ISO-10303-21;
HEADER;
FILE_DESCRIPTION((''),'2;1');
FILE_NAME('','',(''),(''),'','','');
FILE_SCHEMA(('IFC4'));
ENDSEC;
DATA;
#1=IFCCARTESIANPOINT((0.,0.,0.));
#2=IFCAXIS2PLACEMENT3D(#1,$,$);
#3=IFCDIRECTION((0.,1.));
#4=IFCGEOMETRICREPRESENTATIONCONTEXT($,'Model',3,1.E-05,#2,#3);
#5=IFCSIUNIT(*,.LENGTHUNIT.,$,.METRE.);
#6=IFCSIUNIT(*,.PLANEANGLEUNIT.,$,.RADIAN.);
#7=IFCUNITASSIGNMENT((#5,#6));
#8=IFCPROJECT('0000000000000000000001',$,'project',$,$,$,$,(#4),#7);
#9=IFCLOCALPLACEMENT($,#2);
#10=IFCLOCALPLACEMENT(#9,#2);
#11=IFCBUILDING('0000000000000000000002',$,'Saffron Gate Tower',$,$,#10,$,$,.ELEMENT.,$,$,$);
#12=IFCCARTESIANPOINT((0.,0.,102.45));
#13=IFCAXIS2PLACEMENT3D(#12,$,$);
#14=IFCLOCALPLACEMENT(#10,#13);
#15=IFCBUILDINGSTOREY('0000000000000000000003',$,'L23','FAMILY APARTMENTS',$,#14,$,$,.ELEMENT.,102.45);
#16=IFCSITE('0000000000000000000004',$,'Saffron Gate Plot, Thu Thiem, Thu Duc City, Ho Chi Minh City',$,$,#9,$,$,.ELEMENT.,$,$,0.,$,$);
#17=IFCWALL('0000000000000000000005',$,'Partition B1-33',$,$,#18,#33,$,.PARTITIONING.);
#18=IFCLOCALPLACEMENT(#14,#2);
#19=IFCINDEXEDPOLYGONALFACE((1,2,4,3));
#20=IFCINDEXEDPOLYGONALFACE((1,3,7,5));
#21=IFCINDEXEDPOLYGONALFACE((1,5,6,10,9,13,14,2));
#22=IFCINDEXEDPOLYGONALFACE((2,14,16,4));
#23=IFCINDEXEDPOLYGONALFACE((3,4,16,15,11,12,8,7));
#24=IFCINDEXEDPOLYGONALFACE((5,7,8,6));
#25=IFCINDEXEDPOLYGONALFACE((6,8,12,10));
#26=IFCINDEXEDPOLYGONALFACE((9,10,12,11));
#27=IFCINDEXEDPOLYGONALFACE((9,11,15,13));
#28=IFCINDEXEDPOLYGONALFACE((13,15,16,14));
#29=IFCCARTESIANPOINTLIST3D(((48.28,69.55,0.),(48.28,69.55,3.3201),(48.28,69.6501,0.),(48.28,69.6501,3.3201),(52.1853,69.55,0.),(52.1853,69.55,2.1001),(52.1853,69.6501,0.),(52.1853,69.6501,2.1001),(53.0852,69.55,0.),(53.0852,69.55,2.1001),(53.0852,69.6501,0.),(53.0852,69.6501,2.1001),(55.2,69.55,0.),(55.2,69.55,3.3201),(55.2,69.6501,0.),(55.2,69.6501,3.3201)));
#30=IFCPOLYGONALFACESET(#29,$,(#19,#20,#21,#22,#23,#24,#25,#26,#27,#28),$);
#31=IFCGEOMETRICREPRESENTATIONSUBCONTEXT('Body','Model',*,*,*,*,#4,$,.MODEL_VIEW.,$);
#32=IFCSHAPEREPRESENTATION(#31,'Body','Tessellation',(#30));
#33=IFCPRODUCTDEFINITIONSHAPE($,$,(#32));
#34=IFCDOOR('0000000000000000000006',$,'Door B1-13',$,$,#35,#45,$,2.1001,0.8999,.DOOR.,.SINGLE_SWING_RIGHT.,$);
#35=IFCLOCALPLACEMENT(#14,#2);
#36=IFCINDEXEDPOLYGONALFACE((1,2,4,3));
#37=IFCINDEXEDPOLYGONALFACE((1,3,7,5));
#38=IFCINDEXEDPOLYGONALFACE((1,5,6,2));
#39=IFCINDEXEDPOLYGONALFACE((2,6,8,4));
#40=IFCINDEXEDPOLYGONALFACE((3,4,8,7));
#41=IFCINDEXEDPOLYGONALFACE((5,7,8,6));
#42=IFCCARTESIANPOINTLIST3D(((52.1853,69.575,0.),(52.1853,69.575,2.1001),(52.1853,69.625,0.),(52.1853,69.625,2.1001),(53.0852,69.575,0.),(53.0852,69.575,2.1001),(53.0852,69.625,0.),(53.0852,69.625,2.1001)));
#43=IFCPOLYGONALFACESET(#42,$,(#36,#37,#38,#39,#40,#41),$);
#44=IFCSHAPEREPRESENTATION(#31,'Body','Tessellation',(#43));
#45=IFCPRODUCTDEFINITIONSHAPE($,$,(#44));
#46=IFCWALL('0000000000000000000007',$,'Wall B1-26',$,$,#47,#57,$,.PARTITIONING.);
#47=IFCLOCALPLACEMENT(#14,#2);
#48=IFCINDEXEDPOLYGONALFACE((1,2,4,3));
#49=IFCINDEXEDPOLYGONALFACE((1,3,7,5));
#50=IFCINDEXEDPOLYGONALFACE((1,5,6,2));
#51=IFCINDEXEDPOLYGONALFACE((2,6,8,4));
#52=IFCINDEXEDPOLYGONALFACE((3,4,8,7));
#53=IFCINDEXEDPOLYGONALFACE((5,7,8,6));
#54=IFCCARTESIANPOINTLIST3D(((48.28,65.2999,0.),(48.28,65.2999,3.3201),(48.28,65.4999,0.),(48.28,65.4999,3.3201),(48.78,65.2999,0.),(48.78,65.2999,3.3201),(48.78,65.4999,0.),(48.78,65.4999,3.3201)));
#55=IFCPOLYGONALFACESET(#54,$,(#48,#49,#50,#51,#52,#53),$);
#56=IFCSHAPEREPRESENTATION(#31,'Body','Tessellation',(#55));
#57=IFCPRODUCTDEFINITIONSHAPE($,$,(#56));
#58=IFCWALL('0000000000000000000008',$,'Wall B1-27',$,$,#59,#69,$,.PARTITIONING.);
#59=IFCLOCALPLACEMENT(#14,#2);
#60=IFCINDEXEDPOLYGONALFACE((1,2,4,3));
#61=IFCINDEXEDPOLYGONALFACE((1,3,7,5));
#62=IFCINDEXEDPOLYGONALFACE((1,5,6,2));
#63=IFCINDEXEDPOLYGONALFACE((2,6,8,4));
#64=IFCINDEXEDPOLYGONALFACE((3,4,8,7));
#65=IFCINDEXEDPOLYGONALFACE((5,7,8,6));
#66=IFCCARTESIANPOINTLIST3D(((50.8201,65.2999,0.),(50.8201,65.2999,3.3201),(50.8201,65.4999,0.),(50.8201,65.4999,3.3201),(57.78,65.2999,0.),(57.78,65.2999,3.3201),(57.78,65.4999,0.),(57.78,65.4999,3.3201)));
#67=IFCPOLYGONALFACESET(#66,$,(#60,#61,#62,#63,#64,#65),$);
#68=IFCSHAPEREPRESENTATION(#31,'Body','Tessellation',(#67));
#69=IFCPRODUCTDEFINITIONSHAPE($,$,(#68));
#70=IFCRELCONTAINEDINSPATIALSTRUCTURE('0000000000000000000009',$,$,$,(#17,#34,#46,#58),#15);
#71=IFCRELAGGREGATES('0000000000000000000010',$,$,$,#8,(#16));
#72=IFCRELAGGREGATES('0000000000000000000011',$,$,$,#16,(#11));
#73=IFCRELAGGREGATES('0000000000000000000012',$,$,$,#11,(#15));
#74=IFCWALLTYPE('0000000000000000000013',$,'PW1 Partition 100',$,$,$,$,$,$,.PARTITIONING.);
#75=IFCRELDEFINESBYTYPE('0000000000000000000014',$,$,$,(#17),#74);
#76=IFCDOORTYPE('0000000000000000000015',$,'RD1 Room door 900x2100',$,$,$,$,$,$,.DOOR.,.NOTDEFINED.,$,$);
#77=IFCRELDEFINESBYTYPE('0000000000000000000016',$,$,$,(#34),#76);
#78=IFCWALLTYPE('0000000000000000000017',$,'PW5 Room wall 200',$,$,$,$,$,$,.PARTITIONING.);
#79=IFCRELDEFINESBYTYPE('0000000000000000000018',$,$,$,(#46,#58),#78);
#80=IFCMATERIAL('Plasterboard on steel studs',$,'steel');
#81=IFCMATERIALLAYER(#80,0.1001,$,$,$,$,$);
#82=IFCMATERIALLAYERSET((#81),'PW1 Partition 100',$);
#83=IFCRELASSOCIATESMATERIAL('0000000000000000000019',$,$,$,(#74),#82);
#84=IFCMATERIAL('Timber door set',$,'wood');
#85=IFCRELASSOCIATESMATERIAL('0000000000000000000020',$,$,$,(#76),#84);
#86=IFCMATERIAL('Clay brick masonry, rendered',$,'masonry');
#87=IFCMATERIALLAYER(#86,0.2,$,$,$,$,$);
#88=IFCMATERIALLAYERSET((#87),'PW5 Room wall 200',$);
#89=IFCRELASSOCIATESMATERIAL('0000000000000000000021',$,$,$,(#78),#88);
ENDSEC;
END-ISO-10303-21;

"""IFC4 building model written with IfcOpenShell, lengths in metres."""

from ifc_helpers import new_model, si_unit, direction, frame, frame_2d, origin, place, context, subcontext, project, spatial, rectangle, extrude, material, layer, layer_set, type_object, element, fill, save


model = new_model("IFC4")

# Units and contexts
model_context = context("Model", 3, precision=1e-05, world=origin(), true_north=direction((0.0, 1.0)))
body_context = subcontext(model_context, "Body", "Model", "MODEL_VIEW")
ifc_project = project(units=[si_unit("LENGTHUNIT", "METRE"), si_unit("PLANEANGLEUNIT", "RADIAN")], contexts=[model_context])

# Site, building, storey
site_placement = place(None, origin())
site = spatial("IfcSite", under=ifc_project, at=site_placement, Name="Saffron Gate Plot, Thu Thiem, Thu Duc City, Ho Chi Minh City", CompositionType="ELEMENT", RefElevation=0.0)
building_placement = place(site_placement, origin())
building = spatial("IfcBuilding", under=site, at=building_placement, Name="Saffron Gate Tower", CompositionType="ELEMENT")
storey_placement = place(building_placement, frame((0.0, 0.0, 102.45)))
storey = spatial("IfcBuildingStorey", under=building, at=storey_placement, Name="L23", Description="FAMILY APARTMENTS", CompositionType="ELEMENT", Elevation=102.45)

# Wall, opening, door
ifc_material_1 = material(Name="Plasterboard on steel studs", Category="steel")
ifc_layer_1 = layer(ifc_material_1, 0.1001)
ifc_layer_set_1 = layer_set([ifc_layer_1], Name="PW1 Partition 100")
wall_type_1 = type_object("IfcWallType", Name="PW1 Partition 100", PredefinedType="PARTITIONING", material=ifc_layer_set_1)
wall_1_placement = place(storey_placement, frame((48.28, 69.6001, 0.0), z_axis=(0.0, 0.0, 1.0), x_axis=(1.0, 0.0, 0.0)))
wall_1 = element("IfcWall", 1, at=wall_1_placement, inside=storey, type_object=wall_type_1, Name="Partition B1-33", PredefinedType="PARTITIONING", context=body_context, shape_type="SweptSolid", body=[
    extrude(rectangle(XDim=6.9199, YDim=0.1001, at=frame_2d((3.46, 0.0))), origin(), (0.0, 0.0, 1.0), 3.3201),
])
opening_1_placement = place(wall_1_placement, frame((3.9053, 0.0, 0.0)))
opening_1 = element("IfcOpeningElement", 2, at=opening_1_placement, cuts=wall_1, PredefinedType="OPENING", context=body_context, shape_type="SweptSolid", body=[
    extrude(rectangle(XDim=0.8999, YDim=2.1001, at=frame_2d((0.45, 1.05))), frame((0.0, 0.0601, 0.0), z_axis=(0.0, -1.0, 0.0), x_axis=(1.0, 0.0, 0.0)), (0.0, 0.0, 1.0), 0.1201),
])
ifc_material_2 = material(Name="Timber door set", Category="wood")
door_type = type_object("IfcDoorType", Name="RD1 Room door 900x2100", OperationType="NOTDEFINED", PredefinedType="DOOR", material=ifc_material_2)
door_placement = place(opening_1_placement, origin())
door = element("IfcDoor", 3, at=door_placement, inside=storey, type_object=door_type, Name="Door B1-13", OperationType="SINGLE_SWING_RIGHT", OverallHeight=2.1001, OverallWidth=0.8999, PredefinedType="DOOR", context=body_context, shape_type="SweptSolid", body=[
    extrude(rectangle(XDim=0.8999, YDim=2.1001, at=frame_2d((0.45, 1.05))), frame((0.0, 0.0249, 0.0), z_axis=(0.0, -1.0, 0.0), x_axis=(1.0, 0.0, 0.0)), (0.0, 0.0, 1.0), 0.05),
])
fill(opening_1, door)

# Walls
ifc_material_3 = material(Name="Clay brick masonry, rendered", Category="masonry")
ifc_layer_2 = layer(ifc_material_3, 0.2)
ifc_layer_set_2 = layer_set([ifc_layer_2], Name="PW5 Room wall 200")
wall_type_2 = type_object("IfcWallType", Name="PW5 Room wall 200", PredefinedType="PARTITIONING", material=ifc_layer_set_2)
wall_2_placement = place(storey_placement, frame((48.28, 65.3999, 0.0), z_axis=(0.0, 0.0, 1.0), x_axis=(1.0, 0.0, 0.0)))
element("IfcWall", 4, at=wall_2_placement, inside=storey, type_object=wall_type_2, Name="Wall B1-26", PredefinedType="PARTITIONING", context=body_context, shape_type="SweptSolid", body=[
    extrude(rectangle(XDim=0.5, YDim=0.2, at=frame_2d((0.25, 0.0))), origin(), (0.0, 0.0, 1.0), 3.3201),
])
wall_3_placement = place(storey_placement, frame((50.8201, 65.3999, 0.0), z_axis=(0.0, 0.0, 1.0), x_axis=(1.0, 0.0, 0.0)))
element("IfcWall", 5, at=wall_3_placement, inside=storey, type_object=wall_type_2, Name="Wall B1-27", PredefinedType="PARTITIONING", context=body_context, shape_type="SweptSolid", body=[
    extrude(rectangle(XDim=6.96, YDim=0.2, at=frame_2d((3.48, 0.0))), origin(), (0.0, 0.0, 1.0), 3.3201),
])

save(model, "model.ifc")
